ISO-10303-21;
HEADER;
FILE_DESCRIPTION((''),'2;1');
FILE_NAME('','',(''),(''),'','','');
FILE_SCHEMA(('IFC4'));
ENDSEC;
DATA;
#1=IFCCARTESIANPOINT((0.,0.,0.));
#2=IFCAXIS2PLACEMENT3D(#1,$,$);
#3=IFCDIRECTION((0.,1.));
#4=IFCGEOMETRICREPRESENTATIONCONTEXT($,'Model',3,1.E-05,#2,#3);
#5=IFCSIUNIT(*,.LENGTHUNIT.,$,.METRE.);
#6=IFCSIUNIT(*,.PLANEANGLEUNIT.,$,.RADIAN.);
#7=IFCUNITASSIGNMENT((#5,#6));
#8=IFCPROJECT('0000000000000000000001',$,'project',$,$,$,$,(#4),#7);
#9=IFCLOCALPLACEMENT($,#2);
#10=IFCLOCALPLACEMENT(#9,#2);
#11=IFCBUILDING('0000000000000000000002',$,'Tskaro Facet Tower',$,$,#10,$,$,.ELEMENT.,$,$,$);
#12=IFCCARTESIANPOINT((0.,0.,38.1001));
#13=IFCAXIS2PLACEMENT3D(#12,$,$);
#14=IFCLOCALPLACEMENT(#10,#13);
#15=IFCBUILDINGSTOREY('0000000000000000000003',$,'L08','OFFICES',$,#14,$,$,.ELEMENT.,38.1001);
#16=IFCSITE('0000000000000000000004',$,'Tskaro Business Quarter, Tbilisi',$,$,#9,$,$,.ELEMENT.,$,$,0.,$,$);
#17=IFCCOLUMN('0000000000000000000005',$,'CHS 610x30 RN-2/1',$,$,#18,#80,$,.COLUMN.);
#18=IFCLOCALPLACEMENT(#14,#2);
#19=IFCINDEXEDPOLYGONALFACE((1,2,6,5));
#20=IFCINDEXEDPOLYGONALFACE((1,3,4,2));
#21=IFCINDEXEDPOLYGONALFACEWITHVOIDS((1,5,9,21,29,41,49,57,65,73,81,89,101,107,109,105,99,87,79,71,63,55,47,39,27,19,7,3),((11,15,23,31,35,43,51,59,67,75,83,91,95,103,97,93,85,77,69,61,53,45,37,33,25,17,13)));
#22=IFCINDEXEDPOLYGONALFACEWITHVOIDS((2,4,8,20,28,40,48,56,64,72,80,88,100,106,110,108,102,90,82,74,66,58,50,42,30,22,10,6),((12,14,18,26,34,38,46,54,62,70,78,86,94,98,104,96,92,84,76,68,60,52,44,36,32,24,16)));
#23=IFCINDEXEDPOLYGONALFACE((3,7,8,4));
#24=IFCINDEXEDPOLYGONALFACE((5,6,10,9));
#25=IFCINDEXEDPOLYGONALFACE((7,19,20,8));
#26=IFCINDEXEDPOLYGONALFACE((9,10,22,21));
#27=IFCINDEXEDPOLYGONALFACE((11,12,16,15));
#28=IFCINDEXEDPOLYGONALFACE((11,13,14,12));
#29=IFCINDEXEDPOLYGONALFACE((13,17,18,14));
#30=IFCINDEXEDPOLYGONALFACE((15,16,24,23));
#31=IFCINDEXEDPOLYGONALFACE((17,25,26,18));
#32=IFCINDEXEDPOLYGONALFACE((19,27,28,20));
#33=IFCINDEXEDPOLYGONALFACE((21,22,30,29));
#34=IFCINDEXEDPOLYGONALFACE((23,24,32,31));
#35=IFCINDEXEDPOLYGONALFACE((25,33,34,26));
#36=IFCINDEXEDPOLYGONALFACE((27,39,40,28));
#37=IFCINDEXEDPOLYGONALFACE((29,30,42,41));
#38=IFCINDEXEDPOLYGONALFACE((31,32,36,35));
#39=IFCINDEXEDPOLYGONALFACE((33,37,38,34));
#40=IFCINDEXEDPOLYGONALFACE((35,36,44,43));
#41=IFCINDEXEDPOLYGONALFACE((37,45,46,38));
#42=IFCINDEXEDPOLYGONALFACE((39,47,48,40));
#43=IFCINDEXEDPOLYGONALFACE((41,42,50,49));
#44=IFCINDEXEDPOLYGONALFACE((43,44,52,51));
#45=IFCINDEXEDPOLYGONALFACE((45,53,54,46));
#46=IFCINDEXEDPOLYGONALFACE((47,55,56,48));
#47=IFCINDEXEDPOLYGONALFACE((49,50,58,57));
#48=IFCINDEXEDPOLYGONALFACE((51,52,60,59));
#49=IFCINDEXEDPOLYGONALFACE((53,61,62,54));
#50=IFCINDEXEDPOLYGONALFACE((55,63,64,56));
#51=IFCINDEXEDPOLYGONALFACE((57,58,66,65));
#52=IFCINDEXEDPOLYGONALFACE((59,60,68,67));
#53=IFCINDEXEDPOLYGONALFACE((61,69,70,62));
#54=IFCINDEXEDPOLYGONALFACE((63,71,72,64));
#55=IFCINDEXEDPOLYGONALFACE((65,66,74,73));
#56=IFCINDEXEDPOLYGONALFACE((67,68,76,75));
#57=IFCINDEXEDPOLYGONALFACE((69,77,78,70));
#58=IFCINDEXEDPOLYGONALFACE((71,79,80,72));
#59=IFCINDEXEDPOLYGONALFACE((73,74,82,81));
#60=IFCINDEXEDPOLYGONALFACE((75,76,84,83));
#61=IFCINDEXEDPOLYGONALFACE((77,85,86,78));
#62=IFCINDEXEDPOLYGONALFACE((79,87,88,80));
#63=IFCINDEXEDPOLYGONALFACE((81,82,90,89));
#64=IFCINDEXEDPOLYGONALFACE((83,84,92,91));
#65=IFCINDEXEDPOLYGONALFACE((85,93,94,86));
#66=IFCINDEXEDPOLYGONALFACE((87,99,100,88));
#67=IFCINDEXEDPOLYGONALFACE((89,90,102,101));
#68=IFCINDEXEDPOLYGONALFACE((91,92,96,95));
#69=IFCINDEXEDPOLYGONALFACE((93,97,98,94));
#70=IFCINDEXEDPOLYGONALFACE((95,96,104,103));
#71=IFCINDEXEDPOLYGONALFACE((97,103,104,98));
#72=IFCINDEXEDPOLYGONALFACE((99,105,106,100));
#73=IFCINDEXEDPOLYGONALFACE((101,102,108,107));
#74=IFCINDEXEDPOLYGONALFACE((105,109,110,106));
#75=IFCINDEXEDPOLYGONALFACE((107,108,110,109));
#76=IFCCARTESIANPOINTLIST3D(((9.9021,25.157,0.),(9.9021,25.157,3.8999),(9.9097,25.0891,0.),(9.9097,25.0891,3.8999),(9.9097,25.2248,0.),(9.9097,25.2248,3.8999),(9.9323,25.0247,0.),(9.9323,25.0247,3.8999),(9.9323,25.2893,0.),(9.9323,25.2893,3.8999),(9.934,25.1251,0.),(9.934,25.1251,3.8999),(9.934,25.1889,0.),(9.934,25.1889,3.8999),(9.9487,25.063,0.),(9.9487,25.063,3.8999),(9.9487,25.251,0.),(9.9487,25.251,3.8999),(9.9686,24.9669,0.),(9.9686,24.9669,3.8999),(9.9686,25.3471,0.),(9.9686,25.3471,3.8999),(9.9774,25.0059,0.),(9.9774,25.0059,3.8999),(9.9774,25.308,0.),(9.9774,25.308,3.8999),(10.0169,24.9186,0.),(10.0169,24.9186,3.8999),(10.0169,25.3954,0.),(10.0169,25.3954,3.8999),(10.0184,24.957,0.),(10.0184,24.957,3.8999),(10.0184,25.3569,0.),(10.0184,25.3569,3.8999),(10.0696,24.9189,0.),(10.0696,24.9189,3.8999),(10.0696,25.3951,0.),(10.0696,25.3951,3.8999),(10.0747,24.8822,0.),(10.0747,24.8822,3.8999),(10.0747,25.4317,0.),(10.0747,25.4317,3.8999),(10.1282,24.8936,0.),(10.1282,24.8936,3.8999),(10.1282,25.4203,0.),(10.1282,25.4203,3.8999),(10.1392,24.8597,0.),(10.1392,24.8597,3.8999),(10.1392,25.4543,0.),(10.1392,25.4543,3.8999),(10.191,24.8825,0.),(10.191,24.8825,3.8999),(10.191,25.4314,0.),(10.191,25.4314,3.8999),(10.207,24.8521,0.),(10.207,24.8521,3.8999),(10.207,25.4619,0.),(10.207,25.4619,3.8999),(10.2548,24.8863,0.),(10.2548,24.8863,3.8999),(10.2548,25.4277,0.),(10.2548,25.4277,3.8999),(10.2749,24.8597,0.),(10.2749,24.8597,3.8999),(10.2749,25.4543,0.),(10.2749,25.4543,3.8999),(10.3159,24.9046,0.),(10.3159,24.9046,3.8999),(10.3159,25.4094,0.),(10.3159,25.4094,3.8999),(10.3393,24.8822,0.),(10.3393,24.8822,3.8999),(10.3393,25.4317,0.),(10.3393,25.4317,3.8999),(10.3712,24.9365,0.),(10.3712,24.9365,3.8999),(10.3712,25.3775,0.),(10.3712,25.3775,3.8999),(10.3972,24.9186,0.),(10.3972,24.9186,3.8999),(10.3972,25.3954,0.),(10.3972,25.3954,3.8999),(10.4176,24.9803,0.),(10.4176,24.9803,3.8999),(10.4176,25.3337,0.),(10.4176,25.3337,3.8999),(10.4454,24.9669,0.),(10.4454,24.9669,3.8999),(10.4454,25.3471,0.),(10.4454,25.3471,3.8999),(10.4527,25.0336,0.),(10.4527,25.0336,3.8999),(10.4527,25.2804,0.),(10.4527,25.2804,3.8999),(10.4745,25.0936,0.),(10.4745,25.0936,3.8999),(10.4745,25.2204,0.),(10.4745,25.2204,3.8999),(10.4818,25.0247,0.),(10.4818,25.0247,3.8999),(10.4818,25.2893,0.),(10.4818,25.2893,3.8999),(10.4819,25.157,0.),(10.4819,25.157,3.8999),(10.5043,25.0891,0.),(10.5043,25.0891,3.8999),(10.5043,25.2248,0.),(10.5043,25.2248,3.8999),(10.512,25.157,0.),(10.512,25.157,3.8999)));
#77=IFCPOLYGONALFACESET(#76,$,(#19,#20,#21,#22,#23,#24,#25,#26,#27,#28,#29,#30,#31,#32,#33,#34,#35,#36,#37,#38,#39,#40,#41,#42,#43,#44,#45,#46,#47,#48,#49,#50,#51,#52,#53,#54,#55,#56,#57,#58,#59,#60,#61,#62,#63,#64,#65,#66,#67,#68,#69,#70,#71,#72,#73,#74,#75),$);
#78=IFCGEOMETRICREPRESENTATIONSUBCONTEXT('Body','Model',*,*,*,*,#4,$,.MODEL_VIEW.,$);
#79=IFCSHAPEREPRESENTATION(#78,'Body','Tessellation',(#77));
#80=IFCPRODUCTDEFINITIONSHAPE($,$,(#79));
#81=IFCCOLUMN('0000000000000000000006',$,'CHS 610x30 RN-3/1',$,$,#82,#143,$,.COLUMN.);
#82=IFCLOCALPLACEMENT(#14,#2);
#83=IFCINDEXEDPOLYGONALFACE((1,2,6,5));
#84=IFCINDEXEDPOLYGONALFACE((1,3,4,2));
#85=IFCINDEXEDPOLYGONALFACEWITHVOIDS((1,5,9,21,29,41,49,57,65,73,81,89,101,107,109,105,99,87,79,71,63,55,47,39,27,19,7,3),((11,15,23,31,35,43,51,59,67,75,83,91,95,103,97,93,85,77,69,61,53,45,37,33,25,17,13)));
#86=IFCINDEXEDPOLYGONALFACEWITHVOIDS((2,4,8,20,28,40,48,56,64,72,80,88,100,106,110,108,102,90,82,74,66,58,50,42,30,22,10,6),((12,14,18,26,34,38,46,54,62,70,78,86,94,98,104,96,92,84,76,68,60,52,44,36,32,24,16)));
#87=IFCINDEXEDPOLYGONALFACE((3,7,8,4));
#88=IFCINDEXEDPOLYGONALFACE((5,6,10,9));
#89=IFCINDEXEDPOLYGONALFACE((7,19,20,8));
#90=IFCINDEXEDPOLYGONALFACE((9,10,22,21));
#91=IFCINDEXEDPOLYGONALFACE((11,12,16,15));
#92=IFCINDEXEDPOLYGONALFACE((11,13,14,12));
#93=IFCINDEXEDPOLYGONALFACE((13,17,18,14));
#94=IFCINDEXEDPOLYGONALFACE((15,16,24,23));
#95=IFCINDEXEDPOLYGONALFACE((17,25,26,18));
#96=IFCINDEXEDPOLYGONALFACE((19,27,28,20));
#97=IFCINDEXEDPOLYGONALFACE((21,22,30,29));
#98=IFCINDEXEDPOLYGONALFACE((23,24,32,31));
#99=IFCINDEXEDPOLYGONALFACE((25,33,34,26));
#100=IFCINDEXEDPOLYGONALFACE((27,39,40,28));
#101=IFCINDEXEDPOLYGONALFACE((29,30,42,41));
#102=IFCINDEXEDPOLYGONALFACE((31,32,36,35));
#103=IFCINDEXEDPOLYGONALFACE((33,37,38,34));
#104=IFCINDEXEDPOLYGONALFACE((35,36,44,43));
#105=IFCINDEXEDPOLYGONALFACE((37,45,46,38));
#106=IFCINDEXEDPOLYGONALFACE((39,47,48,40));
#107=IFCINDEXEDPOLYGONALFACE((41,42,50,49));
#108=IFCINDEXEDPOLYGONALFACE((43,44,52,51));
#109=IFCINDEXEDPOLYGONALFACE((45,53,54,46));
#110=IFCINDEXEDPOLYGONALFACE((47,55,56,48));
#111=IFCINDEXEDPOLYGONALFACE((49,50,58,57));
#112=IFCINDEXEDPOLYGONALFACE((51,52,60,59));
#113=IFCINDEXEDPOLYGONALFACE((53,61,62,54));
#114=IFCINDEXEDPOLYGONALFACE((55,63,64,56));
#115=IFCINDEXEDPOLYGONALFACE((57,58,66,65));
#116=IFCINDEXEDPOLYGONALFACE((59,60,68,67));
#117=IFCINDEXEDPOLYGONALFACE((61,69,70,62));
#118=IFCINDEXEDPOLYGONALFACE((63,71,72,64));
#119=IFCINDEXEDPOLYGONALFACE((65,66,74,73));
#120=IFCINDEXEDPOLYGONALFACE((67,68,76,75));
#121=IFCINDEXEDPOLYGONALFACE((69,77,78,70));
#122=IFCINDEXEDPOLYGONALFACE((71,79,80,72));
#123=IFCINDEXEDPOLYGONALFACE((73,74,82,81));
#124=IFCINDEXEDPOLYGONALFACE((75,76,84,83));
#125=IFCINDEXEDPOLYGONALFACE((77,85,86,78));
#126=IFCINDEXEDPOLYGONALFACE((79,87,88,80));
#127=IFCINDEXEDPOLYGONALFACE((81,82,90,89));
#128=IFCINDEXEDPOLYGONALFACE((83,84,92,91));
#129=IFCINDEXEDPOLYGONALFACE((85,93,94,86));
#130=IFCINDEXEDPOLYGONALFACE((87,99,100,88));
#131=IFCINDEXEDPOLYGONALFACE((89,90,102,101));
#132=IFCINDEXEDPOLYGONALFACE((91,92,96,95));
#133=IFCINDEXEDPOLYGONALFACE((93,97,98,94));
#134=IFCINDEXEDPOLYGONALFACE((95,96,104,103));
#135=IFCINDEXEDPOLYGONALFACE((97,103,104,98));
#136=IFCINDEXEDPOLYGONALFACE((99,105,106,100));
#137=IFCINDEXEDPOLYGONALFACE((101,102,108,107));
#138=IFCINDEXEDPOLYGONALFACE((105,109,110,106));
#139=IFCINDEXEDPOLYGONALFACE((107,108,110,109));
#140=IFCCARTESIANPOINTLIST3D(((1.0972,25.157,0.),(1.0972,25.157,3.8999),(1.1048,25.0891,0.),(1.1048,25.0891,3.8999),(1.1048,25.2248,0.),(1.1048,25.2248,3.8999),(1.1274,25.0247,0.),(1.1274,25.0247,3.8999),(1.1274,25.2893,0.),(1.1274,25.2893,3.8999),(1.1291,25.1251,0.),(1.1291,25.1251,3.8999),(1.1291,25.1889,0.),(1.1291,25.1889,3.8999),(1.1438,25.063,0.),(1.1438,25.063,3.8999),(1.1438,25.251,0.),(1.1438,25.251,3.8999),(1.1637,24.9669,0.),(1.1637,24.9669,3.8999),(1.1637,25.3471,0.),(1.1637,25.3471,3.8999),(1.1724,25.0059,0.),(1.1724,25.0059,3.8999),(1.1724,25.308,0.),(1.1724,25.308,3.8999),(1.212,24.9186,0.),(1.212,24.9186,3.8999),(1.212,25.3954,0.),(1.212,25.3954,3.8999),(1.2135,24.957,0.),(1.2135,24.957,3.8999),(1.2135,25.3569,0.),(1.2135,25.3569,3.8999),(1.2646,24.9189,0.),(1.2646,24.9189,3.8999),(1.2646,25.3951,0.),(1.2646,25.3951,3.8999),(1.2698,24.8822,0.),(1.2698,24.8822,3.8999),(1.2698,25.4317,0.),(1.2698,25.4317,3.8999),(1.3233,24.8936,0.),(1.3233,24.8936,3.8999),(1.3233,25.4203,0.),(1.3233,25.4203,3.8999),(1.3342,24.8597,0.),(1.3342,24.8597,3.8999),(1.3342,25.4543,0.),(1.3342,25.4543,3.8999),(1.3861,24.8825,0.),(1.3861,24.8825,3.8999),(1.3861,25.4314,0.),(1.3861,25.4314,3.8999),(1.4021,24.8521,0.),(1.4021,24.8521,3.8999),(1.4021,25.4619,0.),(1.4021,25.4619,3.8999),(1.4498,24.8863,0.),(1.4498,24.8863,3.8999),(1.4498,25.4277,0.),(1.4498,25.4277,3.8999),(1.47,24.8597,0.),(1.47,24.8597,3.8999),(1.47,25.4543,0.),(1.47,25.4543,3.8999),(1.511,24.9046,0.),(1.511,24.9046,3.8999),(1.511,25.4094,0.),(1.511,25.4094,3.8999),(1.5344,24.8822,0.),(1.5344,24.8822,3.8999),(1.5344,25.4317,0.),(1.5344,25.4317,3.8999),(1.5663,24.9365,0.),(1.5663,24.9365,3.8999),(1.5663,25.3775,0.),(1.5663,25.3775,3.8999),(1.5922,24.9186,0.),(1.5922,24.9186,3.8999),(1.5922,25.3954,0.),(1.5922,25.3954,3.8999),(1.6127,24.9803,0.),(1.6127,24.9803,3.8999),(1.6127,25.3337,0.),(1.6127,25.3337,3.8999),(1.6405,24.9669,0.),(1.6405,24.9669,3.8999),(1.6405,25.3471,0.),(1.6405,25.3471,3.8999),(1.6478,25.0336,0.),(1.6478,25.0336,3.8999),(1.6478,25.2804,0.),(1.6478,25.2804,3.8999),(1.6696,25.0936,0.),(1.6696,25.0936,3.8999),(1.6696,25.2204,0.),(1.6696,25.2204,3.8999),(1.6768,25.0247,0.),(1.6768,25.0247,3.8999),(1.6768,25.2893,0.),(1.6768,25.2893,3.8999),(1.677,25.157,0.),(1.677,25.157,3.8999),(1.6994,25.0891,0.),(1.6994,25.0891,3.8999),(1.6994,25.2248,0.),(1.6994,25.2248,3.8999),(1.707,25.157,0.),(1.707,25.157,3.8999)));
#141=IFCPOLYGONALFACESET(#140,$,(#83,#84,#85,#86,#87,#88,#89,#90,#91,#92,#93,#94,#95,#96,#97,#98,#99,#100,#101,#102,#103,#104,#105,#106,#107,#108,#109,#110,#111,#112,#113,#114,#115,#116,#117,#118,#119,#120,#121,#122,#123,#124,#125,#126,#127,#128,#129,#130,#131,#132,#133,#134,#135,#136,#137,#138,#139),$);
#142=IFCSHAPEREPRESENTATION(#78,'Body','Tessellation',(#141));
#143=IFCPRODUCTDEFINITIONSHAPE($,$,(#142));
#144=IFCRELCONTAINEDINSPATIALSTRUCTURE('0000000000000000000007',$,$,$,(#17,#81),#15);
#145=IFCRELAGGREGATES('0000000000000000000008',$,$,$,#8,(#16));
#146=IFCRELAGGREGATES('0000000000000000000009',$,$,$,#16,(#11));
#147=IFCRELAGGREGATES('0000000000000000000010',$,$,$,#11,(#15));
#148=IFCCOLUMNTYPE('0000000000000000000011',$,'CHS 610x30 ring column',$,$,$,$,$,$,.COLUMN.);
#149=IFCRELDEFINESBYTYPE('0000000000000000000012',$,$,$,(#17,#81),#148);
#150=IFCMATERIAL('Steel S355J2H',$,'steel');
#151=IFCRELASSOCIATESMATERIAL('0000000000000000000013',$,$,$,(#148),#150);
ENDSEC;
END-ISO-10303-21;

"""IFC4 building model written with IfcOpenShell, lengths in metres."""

from ifc_helpers import new_model, si_unit, direction, frame, origin, origin_2d, place, context, subcontext, project, spatial, hollow_circle, extrude, material, material_profile, profile_set, type_object, element, save


model = new_model("IFC4")

# Units and contexts
model_context = context("Model", 3, precision=1e-05, world=origin(), true_north=direction((0.0, 1.0)))
body_context = subcontext(model_context, "Body", "Model", "MODEL_VIEW")
ifc_project = project(units=[si_unit("LENGTHUNIT", "METRE"), si_unit("PLANEANGLEUNIT", "RADIAN")], contexts=[model_context])

# Site, building, storey
site_placement = place(None, origin())
site = spatial("IfcSite", under=ifc_project, at=site_placement, Name="Tskaro Business Quarter, Tbilisi", CompositionType="ELEMENT", RefElevation=0.0)
building_placement = place(site_placement, origin())
building = spatial("IfcBuilding", under=site, at=building_placement, Name="Tskaro Facet Tower", CompositionType="ELEMENT")
storey_placement = place(building_placement, frame((0.0, 0.0, 38.1001)))
storey = spatial("IfcBuildingStorey", under=building, at=storey_placement, Name="L08", Description="OFFICES", CompositionType="ELEMENT", Elevation=38.1001)

# Columns
ifc_material_1 = material(Name="Steel S355J2H", Category="steel")
ifc_material_profile_1 = material_profile(ifc_material_1, hollow_circle(Radius=0.3049, WallThickness=0.03, at=origin_2d()), Name="CHS 610x30")
ifc_profile_set_1 = profile_set([ifc_material_profile_1], Name="Steel S355J2H")
column_type_1 = type_object("IfcColumnType", Name="CHS 610x30 ring column", PredefinedType="COLUMN", material=ifc_profile_set_1)
for number, where, z_axis, x_axis, name in (
    (1, (10.207, 25.157, 0.0), (0.0, 0.0, 1.0), (1.0, 0.0, 0.0), "CHS 610x30 RN-2/1"),
    (2, (1.4021, 25.157, 0.0), (0.0, 0.0, 1.0), (1.0, 0.0, 0.0), "CHS 610x30 RN-3/1"),
):
    element("IfcColumn", number, at=place(storey_placement, frame(where, z_axis=z_axis, x_axis=x_axis)), inside=storey, type_object=column_type_1, Name=name, PredefinedType="COLUMN", context=body_context, shape_type="SweptSolid", body=[
        extrude(hollow_circle(Radius=0.3049, WallThickness=0.03, at=origin_2d()), origin(), (0.0, 0.0, 1.0), 3.8999),
    ])

save(model, "model.ifc")
